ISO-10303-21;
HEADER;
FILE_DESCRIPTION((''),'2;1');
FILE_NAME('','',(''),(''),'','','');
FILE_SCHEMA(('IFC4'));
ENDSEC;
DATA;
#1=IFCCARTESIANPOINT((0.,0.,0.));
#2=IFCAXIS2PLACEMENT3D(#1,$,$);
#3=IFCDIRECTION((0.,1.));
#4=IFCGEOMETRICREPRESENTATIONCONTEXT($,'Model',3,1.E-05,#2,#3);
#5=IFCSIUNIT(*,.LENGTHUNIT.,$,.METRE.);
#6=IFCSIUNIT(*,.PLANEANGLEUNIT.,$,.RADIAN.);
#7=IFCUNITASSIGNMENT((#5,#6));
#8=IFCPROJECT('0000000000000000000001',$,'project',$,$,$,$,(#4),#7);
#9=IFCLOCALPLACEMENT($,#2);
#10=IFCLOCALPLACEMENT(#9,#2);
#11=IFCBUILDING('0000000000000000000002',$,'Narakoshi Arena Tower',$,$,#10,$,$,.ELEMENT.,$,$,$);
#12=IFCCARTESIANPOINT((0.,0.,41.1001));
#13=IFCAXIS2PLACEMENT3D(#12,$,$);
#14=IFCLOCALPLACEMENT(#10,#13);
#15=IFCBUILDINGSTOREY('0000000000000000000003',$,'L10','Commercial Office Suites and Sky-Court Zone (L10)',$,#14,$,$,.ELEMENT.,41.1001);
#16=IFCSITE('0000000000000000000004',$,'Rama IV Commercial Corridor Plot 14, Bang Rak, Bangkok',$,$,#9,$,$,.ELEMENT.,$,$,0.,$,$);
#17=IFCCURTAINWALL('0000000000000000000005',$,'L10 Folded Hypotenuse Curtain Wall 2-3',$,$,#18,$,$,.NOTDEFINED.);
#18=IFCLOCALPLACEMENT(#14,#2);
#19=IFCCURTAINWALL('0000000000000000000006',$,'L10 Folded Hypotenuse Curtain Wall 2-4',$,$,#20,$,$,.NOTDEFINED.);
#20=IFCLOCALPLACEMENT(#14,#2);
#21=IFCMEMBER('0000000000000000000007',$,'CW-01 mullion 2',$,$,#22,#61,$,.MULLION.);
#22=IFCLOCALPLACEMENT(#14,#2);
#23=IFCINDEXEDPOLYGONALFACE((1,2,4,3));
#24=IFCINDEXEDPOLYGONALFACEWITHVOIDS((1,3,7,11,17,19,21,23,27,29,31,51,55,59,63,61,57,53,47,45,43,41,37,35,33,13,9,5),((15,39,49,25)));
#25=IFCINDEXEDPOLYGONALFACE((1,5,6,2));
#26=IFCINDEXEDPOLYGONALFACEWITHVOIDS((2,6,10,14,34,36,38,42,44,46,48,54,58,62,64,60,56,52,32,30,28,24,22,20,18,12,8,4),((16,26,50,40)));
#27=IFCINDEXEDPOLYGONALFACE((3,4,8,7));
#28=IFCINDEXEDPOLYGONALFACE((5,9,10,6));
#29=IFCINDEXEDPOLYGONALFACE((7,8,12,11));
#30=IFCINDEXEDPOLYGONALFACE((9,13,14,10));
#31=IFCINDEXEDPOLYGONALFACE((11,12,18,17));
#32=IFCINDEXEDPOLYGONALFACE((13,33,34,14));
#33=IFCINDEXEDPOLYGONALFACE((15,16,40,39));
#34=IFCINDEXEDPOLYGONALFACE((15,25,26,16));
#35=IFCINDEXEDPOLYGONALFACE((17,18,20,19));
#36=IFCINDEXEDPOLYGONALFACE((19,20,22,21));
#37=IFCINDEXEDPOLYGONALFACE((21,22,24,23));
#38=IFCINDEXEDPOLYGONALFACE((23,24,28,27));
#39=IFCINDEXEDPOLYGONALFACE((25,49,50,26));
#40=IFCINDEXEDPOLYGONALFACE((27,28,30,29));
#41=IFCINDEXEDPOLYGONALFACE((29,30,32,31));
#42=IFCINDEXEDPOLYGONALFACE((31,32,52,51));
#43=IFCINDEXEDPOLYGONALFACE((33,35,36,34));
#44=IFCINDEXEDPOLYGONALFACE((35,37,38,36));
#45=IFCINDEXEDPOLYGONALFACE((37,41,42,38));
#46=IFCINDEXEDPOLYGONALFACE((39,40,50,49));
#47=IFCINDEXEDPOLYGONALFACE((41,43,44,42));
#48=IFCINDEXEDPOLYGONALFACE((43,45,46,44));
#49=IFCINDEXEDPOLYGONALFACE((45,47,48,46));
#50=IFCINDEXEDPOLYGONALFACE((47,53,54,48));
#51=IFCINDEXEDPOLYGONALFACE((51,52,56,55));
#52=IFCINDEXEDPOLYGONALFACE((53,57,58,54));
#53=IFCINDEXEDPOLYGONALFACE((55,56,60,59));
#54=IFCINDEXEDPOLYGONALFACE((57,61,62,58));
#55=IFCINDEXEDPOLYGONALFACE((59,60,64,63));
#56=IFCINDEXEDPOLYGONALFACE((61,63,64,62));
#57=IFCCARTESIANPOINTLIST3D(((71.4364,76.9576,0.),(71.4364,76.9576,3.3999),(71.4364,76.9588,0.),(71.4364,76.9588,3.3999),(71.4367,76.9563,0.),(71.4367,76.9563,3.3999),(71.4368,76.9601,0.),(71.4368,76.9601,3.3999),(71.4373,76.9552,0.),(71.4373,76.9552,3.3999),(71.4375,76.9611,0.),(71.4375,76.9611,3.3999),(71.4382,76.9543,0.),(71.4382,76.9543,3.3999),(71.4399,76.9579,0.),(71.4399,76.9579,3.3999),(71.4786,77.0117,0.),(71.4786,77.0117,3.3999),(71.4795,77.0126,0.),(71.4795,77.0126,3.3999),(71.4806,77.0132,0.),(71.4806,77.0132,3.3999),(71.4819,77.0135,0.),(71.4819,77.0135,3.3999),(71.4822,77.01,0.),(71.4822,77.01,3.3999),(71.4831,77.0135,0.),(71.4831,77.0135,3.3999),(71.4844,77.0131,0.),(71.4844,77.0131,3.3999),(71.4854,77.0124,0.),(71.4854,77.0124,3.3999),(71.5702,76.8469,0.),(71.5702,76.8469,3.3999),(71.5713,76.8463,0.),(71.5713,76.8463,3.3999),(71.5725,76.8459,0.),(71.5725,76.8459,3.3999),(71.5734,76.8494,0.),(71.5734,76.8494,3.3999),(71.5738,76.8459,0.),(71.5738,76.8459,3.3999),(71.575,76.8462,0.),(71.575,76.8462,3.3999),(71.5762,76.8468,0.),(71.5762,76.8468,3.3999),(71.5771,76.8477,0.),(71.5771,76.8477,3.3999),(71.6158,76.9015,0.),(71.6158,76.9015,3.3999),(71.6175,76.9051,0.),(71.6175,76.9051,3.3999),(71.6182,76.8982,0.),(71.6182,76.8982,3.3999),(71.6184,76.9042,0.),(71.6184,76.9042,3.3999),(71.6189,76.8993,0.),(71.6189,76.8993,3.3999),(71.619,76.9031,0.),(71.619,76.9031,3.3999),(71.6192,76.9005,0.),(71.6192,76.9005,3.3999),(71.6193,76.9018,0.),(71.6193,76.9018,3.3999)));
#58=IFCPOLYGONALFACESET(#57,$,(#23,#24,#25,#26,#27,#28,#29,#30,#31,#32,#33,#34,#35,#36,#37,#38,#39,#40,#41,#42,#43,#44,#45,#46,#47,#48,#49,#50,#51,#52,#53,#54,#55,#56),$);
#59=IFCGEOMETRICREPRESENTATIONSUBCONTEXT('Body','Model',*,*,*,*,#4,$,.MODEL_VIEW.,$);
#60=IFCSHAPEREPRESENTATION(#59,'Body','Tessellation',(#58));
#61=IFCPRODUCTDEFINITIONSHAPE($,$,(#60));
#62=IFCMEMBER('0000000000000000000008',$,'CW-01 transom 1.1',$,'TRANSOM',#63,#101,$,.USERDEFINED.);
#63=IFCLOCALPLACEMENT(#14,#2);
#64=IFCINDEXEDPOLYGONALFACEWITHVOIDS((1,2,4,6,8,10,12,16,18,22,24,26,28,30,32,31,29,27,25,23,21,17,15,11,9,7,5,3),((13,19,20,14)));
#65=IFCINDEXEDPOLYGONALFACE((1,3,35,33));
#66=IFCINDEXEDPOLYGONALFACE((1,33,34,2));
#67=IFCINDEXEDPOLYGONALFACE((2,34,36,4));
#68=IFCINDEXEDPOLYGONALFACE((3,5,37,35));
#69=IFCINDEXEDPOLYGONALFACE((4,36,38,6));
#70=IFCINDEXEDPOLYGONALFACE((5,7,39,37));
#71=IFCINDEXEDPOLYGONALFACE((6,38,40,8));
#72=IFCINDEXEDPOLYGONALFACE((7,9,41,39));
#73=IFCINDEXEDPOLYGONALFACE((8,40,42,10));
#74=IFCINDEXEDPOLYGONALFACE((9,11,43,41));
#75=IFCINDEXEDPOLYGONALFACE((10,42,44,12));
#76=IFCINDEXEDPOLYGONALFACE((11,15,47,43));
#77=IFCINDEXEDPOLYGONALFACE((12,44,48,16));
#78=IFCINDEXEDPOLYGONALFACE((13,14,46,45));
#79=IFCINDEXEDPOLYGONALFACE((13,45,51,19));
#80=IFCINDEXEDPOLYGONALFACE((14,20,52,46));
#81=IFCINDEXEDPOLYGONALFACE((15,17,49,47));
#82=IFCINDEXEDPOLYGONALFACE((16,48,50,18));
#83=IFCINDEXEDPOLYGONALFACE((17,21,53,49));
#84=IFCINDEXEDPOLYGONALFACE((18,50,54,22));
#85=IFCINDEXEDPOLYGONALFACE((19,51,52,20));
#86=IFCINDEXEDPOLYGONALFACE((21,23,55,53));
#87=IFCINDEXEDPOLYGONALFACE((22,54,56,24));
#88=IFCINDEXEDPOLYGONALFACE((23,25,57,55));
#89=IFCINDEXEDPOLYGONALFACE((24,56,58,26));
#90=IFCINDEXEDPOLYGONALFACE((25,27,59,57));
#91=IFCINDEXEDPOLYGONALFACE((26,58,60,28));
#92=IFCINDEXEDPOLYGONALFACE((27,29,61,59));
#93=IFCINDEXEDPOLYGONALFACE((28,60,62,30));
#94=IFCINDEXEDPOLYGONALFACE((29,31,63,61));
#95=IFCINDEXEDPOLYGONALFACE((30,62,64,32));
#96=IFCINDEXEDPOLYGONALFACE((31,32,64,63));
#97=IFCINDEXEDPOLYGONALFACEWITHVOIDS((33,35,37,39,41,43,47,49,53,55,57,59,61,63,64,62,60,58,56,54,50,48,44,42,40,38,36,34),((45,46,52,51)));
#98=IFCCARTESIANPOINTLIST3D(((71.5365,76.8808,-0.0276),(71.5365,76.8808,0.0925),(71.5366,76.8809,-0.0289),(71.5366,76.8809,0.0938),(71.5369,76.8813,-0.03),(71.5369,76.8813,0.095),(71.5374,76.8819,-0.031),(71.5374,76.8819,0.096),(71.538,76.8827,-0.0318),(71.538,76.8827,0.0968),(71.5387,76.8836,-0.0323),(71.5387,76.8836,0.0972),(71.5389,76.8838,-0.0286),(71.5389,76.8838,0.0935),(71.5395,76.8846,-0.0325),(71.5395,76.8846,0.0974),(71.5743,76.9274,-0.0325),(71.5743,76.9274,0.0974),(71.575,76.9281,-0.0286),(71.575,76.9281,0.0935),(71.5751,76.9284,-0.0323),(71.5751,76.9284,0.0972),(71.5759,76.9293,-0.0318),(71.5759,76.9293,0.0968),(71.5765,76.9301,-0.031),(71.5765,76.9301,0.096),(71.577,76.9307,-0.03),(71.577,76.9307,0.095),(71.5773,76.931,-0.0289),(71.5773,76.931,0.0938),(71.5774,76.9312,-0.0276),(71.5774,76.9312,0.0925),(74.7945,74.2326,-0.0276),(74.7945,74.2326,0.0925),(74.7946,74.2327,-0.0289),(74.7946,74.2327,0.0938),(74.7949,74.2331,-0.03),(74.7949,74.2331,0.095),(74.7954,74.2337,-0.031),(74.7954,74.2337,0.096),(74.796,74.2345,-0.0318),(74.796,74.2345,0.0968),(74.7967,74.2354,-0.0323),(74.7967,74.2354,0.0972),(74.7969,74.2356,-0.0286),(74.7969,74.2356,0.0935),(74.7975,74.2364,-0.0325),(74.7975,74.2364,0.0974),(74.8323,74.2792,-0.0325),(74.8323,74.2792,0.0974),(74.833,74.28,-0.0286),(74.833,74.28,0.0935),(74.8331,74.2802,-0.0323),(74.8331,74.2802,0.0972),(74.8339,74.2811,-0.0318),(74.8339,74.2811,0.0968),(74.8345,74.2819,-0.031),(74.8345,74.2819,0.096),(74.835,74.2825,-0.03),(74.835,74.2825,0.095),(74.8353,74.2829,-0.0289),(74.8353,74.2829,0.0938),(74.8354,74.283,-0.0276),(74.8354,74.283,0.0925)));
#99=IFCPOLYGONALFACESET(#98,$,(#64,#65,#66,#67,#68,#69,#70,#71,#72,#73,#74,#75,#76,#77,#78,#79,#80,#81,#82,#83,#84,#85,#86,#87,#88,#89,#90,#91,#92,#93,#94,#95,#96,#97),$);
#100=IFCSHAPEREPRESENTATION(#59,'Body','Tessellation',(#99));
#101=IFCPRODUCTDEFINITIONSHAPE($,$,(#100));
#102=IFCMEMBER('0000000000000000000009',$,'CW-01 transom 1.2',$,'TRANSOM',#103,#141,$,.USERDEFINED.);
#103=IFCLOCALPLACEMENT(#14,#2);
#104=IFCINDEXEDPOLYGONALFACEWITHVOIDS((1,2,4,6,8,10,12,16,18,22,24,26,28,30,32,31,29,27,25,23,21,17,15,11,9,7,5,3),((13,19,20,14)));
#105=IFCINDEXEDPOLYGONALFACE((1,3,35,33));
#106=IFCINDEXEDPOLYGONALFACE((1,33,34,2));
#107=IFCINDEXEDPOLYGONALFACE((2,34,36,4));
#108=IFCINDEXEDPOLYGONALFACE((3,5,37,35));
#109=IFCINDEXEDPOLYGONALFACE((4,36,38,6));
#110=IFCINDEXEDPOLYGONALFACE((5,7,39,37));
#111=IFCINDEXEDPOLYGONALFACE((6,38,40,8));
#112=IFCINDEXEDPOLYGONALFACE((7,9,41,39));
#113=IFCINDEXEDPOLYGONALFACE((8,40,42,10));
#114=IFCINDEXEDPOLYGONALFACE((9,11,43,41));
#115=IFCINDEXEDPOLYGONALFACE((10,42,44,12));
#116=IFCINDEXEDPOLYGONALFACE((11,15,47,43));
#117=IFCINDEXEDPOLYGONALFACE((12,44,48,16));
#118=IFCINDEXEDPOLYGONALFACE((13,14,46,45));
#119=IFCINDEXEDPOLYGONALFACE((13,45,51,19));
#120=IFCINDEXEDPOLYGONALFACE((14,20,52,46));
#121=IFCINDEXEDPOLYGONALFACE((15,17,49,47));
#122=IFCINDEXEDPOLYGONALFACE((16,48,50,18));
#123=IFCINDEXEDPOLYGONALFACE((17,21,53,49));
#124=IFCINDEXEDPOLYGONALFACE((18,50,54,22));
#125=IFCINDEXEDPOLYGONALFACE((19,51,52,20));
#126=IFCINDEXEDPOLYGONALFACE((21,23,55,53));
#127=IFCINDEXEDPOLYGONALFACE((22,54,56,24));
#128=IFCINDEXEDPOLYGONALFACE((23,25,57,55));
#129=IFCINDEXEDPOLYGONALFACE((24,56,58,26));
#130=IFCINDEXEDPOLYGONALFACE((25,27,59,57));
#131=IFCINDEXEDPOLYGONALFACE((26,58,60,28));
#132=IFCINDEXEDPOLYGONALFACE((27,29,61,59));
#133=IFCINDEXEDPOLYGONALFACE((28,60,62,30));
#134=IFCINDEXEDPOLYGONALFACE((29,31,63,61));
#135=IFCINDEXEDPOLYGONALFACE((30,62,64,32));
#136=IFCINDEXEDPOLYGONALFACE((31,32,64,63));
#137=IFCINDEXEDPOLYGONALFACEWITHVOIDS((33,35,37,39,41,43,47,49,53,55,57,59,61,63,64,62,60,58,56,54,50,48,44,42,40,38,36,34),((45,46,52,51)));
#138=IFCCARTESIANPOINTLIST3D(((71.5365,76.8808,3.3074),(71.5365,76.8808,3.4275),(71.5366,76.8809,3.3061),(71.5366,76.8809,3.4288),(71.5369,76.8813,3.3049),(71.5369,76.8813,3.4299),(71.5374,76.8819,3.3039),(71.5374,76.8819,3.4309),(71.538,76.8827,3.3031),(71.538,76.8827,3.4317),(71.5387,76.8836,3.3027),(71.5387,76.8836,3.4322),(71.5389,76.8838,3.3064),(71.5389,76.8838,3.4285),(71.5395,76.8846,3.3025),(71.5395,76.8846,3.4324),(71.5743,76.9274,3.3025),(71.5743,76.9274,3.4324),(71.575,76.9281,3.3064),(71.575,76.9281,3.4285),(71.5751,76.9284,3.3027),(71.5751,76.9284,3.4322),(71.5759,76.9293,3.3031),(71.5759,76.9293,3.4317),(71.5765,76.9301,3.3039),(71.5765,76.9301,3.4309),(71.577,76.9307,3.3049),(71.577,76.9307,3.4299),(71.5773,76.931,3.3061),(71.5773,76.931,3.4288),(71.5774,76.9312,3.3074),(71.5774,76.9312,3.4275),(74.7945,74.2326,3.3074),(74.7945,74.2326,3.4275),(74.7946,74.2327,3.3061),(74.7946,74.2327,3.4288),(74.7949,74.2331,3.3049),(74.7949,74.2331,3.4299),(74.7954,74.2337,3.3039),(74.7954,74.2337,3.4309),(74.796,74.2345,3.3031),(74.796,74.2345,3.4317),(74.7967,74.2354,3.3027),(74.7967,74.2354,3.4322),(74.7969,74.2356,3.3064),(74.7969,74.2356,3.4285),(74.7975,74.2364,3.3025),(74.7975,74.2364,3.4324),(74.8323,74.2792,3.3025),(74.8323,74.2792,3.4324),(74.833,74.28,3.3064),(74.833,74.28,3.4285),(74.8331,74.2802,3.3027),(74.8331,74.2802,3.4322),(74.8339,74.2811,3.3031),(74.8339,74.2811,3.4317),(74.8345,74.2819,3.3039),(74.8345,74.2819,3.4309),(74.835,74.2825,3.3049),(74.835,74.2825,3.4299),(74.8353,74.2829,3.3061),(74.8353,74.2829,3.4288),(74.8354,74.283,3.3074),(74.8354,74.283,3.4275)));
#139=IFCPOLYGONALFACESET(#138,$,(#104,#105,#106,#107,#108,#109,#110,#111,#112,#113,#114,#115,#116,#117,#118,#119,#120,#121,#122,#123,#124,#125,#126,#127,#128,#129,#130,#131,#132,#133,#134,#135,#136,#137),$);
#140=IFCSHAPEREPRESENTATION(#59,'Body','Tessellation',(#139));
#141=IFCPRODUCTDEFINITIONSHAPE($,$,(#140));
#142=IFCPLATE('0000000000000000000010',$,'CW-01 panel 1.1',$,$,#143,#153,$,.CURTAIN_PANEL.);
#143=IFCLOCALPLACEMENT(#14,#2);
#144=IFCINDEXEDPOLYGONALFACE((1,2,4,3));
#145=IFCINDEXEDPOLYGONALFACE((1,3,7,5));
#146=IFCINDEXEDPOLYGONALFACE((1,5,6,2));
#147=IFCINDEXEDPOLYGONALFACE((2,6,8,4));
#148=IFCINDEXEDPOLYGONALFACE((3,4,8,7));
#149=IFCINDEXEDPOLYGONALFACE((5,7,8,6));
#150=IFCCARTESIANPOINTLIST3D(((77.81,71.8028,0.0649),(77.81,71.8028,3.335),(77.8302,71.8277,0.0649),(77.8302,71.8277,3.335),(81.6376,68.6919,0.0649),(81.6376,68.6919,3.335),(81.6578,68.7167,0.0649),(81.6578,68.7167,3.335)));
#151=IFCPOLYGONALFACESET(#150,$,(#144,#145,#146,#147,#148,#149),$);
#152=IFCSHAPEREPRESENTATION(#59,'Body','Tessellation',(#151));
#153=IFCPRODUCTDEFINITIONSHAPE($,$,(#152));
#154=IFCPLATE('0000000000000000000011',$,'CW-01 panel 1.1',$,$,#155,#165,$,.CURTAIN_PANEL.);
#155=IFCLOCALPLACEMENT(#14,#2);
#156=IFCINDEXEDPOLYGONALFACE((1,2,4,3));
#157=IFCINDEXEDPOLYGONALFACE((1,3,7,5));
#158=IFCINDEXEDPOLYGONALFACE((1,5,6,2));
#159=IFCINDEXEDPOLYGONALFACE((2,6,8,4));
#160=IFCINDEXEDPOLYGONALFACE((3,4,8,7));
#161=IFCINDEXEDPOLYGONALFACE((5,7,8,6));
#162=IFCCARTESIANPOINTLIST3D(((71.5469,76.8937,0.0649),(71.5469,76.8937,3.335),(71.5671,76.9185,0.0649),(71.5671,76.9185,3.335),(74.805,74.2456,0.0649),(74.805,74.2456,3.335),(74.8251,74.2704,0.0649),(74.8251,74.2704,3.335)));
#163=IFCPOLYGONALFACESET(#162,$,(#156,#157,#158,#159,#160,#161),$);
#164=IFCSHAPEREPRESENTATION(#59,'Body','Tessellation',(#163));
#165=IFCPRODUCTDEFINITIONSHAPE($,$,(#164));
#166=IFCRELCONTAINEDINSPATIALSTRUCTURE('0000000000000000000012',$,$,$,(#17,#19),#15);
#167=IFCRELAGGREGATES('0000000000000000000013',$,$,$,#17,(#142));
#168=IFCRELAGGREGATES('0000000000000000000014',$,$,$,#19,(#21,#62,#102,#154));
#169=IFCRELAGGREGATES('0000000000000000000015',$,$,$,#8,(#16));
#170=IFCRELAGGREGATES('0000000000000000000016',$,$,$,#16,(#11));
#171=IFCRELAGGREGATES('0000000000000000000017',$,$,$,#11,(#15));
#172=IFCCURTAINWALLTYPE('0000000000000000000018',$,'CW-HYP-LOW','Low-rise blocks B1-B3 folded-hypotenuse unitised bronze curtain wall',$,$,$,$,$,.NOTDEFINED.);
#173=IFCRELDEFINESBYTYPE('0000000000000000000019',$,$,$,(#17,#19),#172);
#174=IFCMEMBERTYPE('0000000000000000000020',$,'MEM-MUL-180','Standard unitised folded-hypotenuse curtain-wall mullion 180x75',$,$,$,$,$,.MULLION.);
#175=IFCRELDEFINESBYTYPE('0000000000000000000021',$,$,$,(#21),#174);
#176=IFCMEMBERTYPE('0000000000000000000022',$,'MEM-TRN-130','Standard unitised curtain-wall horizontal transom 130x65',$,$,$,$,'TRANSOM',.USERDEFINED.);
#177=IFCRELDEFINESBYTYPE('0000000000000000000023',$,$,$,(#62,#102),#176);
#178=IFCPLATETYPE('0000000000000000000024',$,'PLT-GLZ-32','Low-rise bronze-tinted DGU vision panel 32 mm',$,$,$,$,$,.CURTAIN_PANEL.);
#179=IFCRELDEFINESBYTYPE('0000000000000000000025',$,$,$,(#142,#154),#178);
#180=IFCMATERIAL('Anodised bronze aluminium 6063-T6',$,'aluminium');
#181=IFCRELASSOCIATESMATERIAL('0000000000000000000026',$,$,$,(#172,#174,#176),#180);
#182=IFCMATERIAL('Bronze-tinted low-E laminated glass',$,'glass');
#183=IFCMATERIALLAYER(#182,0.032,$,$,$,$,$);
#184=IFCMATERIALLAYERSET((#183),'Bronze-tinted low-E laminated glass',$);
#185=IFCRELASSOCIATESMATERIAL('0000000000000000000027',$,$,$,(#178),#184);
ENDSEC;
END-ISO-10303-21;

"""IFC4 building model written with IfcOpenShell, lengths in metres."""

from ifc_helpers import new_model, si_unit, direction, frame, origin, origin_2d, place, context, subcontext, project, spatial, rectangle, hollow_rectangle, extrude, material, layer, layer_set, material_profile, profile_set, type_object, element, aggregate, save


model = new_model("IFC4")

# Units and contexts
model_context = context("Model", 3, precision=1e-05, world=origin(), true_north=direction((0.0, 1.0)))
body_context = subcontext(model_context, "Body", "Model", "MODEL_VIEW")
ifc_project = project(units=[si_unit("LENGTHUNIT", "METRE"), si_unit("PLANEANGLEUNIT", "RADIAN")], contexts=[model_context])

# Site, building, storey
site_placement = place(None, origin())
site = spatial("IfcSite", under=ifc_project, at=site_placement, Name="Rama IV Commercial Corridor Plot 14, Bang Rak, Bangkok", CompositionType="ELEMENT", RefElevation=0.0)
building_placement = place(site_placement, origin())
building = spatial("IfcBuilding", under=site, at=building_placement, Name="Narakoshi Arena Tower", CompositionType="ELEMENT")
storey_placement = place(building_placement, frame((0.0, 0.0, 41.1001)))
storey = spatial("IfcBuildingStorey", under=building, at=storey_placement, Name="L10", Description="Commercial Office Suites and Sky-Court Zone (L10)", CompositionType="ELEMENT", Elevation=41.1001)

# Curtain wall
ifc_material_1 = material(Name="Anodised bronze aluminium 6063-T6", Category="aluminium")
curtain_wall_type = type_object("IfcCurtainWallType", Name="CW-HYP-LOW", Description="Low-rise blocks B1-B3 folded-hypotenuse unitised bronze curtain wall", PredefinedType="NOTDEFINED", material=ifc_material_1)
curtain_wall_1_placement = place(storey_placement, origin())
curtain_wall_1 = element("IfcCurtainWall", 1, at=curtain_wall_1_placement, inside=storey, type_object=curtain_wall_type, Name="L10 Folded Hypotenuse Curtain Wall 2-3", PredefinedType="NOTDEFINED")
ifc_material_profile_1 = material_profile(ifc_material_1, hollow_rectangle(XDim=0.075, YDim=0.1799, WallThickness=0.0039, OuterFilletRadius=0.0049, at=origin_2d()), Name="MUL180x75x4")
ifc_profile_set_1 = profile_set([ifc_material_profile_1], Name="Anodised bronze aluminium 6063-T6")
member_type_1 = type_object("IfcMemberType", Name="MEM-MUL-180", Description="Standard unitised folded-hypotenuse curtain-wall mullion 180x75", PredefinedType="MULLION", material=ifc_profile_set_1)

# Curtain wall, members
curtain_wall_2_placement = place(storey_placement, origin())
curtain_wall_2 = element("IfcCurtainWall", 2, at=curtain_wall_2_placement, inside=storey, type_object=curtain_wall_type, Name="L10 Folded Hypotenuse Curtain Wall 2-4", PredefinedType="NOTDEFINED")
member_1_placement = place(storey_placement, frame((71.5278, 76.9297, 0.0), z_axis=(0.0, 0.0, 1.0), x_axis=(-0.630734, -0.775999, 0.0)))
member_1 = element("IfcMember", 3, at=member_1_placement, type_object=member_type_1, Name="CW-01 mullion 2", PredefinedType="MULLION", context=body_context, shape_type="SweptSolid", body=[
    extrude(hollow_rectangle(XDim=0.075, YDim=0.1799, WallThickness=0.0039, OuterFilletRadius=0.0049, at=origin_2d()), origin(), (0.0, 0.0, 1.0), 3.3999),
])
ifc_material_profile_2 = material_profile(ifc_material_1, hollow_rectangle(XDim=0.0649, YDim=0.1299, WallThickness=0.0039, OuterFilletRadius=0.0049, at=origin_2d()), Name="TRN130x65x4")
ifc_profile_set_2 = profile_set([ifc_material_profile_2], Name="Anodised bronze aluminium 6063-T6")
member_type_2 = type_object("IfcMemberType", Name="MEM-TRN-130", Description="Standard unitised curtain-wall horizontal transom 130x65", ElementType="TRANSOM", PredefinedType="USERDEFINED", material=ifc_profile_set_2)
member_2_placement = place(storey_placement, frame((74.8149, 74.2578, 0.0325), z_axis=(-0.775995, 0.630739, 0.0), x_axis=(-0.630739, -0.775995, 0.0)))
member_2 = element("IfcMember", 4, at=member_2_placement, type_object=member_type_2, Name="CW-01 transom 1.1", ObjectType="TRANSOM", PredefinedType="USERDEFINED", context=body_context, shape_type="SweptSolid", body=[
    extrude(hollow_rectangle(XDim=0.0649, YDim=0.1299, WallThickness=0.0039, OuterFilletRadius=0.0049, at=origin_2d()), origin(), (0.0, 0.0, 1.0), 4.1985),
])
member_3_placement = place(storey_placement, frame((74.8149, 74.2578, 3.3674), z_axis=(-0.775995, 0.630739, 0.0), x_axis=(-0.630739, -0.775995, 0.0)))
member_3 = element("IfcMember", 5, at=member_3_placement, type_object=member_type_2, Name="CW-01 transom 1.2", ObjectType="TRANSOM", PredefinedType="USERDEFINED", context=body_context, shape_type="SweptSolid", body=[
    extrude(hollow_rectangle(XDim=0.0649, YDim=0.1299, WallThickness=0.0039, OuterFilletRadius=0.0049, at=origin_2d()), origin(), (0.0, 0.0, 1.0), 4.1985),
])

# Plates
ifc_material_2 = material(Name="Bronze-tinted low-E laminated glass", Category="glass")
ifc_layer_1 = layer(ifc_material_2, 0.032)
ifc_layer_set_1 = layer_set([ifc_layer_1], Name="Bronze-tinted low-E laminated glass")
plate_type = type_object("IfcPlateType", Name="PLT-GLZ-32", Description="Low-rise bronze-tinted DGU vision panel 32 mm", PredefinedType="CURTAIN_PANEL", material=ifc_layer_set_1)
plate_1_placement = place(storey_placement, frame((79.7339, 70.2598, 0.0649), z_axis=(0.0, 0.0, 1.0), x_axis=(-0.776008, 0.630723, 0.0)))
plate_1 = element("IfcPlate", 6, at=plate_1_placement, type_object=plate_type, Name="CW-01 panel 1.1", PredefinedType="CURTAIN_PANEL", context=body_context, shape_type="SweptSolid", body=[
    extrude(rectangle(XDim=4.9324, YDim=0.032, at=origin_2d()), origin(), (0.0, 0.0, 1.0), 3.27),
])
aggregate(curtain_wall_1, [plate_1])
plate_2_placement = place(storey_placement, frame((73.186, 75.582, 0.0649), z_axis=(0.0, 0.0, 1.0), x_axis=(-0.775999, 0.630734, 0.0)))
plate_2 = element("IfcPlate", 7, at=plate_2_placement, type_object=plate_type, Name="CW-01 panel 1.1", PredefinedType="CURTAIN_PANEL", context=body_context, shape_type="SweptSolid", body=[
    extrude(rectangle(XDim=4.1985, YDim=0.032, at=origin_2d()), origin(), (0.0, 0.0, 1.0), 3.27),
])
aggregate(curtain_wall_2, [member_1, member_2, member_3, plate_2])

save(model, "model.ifc")
